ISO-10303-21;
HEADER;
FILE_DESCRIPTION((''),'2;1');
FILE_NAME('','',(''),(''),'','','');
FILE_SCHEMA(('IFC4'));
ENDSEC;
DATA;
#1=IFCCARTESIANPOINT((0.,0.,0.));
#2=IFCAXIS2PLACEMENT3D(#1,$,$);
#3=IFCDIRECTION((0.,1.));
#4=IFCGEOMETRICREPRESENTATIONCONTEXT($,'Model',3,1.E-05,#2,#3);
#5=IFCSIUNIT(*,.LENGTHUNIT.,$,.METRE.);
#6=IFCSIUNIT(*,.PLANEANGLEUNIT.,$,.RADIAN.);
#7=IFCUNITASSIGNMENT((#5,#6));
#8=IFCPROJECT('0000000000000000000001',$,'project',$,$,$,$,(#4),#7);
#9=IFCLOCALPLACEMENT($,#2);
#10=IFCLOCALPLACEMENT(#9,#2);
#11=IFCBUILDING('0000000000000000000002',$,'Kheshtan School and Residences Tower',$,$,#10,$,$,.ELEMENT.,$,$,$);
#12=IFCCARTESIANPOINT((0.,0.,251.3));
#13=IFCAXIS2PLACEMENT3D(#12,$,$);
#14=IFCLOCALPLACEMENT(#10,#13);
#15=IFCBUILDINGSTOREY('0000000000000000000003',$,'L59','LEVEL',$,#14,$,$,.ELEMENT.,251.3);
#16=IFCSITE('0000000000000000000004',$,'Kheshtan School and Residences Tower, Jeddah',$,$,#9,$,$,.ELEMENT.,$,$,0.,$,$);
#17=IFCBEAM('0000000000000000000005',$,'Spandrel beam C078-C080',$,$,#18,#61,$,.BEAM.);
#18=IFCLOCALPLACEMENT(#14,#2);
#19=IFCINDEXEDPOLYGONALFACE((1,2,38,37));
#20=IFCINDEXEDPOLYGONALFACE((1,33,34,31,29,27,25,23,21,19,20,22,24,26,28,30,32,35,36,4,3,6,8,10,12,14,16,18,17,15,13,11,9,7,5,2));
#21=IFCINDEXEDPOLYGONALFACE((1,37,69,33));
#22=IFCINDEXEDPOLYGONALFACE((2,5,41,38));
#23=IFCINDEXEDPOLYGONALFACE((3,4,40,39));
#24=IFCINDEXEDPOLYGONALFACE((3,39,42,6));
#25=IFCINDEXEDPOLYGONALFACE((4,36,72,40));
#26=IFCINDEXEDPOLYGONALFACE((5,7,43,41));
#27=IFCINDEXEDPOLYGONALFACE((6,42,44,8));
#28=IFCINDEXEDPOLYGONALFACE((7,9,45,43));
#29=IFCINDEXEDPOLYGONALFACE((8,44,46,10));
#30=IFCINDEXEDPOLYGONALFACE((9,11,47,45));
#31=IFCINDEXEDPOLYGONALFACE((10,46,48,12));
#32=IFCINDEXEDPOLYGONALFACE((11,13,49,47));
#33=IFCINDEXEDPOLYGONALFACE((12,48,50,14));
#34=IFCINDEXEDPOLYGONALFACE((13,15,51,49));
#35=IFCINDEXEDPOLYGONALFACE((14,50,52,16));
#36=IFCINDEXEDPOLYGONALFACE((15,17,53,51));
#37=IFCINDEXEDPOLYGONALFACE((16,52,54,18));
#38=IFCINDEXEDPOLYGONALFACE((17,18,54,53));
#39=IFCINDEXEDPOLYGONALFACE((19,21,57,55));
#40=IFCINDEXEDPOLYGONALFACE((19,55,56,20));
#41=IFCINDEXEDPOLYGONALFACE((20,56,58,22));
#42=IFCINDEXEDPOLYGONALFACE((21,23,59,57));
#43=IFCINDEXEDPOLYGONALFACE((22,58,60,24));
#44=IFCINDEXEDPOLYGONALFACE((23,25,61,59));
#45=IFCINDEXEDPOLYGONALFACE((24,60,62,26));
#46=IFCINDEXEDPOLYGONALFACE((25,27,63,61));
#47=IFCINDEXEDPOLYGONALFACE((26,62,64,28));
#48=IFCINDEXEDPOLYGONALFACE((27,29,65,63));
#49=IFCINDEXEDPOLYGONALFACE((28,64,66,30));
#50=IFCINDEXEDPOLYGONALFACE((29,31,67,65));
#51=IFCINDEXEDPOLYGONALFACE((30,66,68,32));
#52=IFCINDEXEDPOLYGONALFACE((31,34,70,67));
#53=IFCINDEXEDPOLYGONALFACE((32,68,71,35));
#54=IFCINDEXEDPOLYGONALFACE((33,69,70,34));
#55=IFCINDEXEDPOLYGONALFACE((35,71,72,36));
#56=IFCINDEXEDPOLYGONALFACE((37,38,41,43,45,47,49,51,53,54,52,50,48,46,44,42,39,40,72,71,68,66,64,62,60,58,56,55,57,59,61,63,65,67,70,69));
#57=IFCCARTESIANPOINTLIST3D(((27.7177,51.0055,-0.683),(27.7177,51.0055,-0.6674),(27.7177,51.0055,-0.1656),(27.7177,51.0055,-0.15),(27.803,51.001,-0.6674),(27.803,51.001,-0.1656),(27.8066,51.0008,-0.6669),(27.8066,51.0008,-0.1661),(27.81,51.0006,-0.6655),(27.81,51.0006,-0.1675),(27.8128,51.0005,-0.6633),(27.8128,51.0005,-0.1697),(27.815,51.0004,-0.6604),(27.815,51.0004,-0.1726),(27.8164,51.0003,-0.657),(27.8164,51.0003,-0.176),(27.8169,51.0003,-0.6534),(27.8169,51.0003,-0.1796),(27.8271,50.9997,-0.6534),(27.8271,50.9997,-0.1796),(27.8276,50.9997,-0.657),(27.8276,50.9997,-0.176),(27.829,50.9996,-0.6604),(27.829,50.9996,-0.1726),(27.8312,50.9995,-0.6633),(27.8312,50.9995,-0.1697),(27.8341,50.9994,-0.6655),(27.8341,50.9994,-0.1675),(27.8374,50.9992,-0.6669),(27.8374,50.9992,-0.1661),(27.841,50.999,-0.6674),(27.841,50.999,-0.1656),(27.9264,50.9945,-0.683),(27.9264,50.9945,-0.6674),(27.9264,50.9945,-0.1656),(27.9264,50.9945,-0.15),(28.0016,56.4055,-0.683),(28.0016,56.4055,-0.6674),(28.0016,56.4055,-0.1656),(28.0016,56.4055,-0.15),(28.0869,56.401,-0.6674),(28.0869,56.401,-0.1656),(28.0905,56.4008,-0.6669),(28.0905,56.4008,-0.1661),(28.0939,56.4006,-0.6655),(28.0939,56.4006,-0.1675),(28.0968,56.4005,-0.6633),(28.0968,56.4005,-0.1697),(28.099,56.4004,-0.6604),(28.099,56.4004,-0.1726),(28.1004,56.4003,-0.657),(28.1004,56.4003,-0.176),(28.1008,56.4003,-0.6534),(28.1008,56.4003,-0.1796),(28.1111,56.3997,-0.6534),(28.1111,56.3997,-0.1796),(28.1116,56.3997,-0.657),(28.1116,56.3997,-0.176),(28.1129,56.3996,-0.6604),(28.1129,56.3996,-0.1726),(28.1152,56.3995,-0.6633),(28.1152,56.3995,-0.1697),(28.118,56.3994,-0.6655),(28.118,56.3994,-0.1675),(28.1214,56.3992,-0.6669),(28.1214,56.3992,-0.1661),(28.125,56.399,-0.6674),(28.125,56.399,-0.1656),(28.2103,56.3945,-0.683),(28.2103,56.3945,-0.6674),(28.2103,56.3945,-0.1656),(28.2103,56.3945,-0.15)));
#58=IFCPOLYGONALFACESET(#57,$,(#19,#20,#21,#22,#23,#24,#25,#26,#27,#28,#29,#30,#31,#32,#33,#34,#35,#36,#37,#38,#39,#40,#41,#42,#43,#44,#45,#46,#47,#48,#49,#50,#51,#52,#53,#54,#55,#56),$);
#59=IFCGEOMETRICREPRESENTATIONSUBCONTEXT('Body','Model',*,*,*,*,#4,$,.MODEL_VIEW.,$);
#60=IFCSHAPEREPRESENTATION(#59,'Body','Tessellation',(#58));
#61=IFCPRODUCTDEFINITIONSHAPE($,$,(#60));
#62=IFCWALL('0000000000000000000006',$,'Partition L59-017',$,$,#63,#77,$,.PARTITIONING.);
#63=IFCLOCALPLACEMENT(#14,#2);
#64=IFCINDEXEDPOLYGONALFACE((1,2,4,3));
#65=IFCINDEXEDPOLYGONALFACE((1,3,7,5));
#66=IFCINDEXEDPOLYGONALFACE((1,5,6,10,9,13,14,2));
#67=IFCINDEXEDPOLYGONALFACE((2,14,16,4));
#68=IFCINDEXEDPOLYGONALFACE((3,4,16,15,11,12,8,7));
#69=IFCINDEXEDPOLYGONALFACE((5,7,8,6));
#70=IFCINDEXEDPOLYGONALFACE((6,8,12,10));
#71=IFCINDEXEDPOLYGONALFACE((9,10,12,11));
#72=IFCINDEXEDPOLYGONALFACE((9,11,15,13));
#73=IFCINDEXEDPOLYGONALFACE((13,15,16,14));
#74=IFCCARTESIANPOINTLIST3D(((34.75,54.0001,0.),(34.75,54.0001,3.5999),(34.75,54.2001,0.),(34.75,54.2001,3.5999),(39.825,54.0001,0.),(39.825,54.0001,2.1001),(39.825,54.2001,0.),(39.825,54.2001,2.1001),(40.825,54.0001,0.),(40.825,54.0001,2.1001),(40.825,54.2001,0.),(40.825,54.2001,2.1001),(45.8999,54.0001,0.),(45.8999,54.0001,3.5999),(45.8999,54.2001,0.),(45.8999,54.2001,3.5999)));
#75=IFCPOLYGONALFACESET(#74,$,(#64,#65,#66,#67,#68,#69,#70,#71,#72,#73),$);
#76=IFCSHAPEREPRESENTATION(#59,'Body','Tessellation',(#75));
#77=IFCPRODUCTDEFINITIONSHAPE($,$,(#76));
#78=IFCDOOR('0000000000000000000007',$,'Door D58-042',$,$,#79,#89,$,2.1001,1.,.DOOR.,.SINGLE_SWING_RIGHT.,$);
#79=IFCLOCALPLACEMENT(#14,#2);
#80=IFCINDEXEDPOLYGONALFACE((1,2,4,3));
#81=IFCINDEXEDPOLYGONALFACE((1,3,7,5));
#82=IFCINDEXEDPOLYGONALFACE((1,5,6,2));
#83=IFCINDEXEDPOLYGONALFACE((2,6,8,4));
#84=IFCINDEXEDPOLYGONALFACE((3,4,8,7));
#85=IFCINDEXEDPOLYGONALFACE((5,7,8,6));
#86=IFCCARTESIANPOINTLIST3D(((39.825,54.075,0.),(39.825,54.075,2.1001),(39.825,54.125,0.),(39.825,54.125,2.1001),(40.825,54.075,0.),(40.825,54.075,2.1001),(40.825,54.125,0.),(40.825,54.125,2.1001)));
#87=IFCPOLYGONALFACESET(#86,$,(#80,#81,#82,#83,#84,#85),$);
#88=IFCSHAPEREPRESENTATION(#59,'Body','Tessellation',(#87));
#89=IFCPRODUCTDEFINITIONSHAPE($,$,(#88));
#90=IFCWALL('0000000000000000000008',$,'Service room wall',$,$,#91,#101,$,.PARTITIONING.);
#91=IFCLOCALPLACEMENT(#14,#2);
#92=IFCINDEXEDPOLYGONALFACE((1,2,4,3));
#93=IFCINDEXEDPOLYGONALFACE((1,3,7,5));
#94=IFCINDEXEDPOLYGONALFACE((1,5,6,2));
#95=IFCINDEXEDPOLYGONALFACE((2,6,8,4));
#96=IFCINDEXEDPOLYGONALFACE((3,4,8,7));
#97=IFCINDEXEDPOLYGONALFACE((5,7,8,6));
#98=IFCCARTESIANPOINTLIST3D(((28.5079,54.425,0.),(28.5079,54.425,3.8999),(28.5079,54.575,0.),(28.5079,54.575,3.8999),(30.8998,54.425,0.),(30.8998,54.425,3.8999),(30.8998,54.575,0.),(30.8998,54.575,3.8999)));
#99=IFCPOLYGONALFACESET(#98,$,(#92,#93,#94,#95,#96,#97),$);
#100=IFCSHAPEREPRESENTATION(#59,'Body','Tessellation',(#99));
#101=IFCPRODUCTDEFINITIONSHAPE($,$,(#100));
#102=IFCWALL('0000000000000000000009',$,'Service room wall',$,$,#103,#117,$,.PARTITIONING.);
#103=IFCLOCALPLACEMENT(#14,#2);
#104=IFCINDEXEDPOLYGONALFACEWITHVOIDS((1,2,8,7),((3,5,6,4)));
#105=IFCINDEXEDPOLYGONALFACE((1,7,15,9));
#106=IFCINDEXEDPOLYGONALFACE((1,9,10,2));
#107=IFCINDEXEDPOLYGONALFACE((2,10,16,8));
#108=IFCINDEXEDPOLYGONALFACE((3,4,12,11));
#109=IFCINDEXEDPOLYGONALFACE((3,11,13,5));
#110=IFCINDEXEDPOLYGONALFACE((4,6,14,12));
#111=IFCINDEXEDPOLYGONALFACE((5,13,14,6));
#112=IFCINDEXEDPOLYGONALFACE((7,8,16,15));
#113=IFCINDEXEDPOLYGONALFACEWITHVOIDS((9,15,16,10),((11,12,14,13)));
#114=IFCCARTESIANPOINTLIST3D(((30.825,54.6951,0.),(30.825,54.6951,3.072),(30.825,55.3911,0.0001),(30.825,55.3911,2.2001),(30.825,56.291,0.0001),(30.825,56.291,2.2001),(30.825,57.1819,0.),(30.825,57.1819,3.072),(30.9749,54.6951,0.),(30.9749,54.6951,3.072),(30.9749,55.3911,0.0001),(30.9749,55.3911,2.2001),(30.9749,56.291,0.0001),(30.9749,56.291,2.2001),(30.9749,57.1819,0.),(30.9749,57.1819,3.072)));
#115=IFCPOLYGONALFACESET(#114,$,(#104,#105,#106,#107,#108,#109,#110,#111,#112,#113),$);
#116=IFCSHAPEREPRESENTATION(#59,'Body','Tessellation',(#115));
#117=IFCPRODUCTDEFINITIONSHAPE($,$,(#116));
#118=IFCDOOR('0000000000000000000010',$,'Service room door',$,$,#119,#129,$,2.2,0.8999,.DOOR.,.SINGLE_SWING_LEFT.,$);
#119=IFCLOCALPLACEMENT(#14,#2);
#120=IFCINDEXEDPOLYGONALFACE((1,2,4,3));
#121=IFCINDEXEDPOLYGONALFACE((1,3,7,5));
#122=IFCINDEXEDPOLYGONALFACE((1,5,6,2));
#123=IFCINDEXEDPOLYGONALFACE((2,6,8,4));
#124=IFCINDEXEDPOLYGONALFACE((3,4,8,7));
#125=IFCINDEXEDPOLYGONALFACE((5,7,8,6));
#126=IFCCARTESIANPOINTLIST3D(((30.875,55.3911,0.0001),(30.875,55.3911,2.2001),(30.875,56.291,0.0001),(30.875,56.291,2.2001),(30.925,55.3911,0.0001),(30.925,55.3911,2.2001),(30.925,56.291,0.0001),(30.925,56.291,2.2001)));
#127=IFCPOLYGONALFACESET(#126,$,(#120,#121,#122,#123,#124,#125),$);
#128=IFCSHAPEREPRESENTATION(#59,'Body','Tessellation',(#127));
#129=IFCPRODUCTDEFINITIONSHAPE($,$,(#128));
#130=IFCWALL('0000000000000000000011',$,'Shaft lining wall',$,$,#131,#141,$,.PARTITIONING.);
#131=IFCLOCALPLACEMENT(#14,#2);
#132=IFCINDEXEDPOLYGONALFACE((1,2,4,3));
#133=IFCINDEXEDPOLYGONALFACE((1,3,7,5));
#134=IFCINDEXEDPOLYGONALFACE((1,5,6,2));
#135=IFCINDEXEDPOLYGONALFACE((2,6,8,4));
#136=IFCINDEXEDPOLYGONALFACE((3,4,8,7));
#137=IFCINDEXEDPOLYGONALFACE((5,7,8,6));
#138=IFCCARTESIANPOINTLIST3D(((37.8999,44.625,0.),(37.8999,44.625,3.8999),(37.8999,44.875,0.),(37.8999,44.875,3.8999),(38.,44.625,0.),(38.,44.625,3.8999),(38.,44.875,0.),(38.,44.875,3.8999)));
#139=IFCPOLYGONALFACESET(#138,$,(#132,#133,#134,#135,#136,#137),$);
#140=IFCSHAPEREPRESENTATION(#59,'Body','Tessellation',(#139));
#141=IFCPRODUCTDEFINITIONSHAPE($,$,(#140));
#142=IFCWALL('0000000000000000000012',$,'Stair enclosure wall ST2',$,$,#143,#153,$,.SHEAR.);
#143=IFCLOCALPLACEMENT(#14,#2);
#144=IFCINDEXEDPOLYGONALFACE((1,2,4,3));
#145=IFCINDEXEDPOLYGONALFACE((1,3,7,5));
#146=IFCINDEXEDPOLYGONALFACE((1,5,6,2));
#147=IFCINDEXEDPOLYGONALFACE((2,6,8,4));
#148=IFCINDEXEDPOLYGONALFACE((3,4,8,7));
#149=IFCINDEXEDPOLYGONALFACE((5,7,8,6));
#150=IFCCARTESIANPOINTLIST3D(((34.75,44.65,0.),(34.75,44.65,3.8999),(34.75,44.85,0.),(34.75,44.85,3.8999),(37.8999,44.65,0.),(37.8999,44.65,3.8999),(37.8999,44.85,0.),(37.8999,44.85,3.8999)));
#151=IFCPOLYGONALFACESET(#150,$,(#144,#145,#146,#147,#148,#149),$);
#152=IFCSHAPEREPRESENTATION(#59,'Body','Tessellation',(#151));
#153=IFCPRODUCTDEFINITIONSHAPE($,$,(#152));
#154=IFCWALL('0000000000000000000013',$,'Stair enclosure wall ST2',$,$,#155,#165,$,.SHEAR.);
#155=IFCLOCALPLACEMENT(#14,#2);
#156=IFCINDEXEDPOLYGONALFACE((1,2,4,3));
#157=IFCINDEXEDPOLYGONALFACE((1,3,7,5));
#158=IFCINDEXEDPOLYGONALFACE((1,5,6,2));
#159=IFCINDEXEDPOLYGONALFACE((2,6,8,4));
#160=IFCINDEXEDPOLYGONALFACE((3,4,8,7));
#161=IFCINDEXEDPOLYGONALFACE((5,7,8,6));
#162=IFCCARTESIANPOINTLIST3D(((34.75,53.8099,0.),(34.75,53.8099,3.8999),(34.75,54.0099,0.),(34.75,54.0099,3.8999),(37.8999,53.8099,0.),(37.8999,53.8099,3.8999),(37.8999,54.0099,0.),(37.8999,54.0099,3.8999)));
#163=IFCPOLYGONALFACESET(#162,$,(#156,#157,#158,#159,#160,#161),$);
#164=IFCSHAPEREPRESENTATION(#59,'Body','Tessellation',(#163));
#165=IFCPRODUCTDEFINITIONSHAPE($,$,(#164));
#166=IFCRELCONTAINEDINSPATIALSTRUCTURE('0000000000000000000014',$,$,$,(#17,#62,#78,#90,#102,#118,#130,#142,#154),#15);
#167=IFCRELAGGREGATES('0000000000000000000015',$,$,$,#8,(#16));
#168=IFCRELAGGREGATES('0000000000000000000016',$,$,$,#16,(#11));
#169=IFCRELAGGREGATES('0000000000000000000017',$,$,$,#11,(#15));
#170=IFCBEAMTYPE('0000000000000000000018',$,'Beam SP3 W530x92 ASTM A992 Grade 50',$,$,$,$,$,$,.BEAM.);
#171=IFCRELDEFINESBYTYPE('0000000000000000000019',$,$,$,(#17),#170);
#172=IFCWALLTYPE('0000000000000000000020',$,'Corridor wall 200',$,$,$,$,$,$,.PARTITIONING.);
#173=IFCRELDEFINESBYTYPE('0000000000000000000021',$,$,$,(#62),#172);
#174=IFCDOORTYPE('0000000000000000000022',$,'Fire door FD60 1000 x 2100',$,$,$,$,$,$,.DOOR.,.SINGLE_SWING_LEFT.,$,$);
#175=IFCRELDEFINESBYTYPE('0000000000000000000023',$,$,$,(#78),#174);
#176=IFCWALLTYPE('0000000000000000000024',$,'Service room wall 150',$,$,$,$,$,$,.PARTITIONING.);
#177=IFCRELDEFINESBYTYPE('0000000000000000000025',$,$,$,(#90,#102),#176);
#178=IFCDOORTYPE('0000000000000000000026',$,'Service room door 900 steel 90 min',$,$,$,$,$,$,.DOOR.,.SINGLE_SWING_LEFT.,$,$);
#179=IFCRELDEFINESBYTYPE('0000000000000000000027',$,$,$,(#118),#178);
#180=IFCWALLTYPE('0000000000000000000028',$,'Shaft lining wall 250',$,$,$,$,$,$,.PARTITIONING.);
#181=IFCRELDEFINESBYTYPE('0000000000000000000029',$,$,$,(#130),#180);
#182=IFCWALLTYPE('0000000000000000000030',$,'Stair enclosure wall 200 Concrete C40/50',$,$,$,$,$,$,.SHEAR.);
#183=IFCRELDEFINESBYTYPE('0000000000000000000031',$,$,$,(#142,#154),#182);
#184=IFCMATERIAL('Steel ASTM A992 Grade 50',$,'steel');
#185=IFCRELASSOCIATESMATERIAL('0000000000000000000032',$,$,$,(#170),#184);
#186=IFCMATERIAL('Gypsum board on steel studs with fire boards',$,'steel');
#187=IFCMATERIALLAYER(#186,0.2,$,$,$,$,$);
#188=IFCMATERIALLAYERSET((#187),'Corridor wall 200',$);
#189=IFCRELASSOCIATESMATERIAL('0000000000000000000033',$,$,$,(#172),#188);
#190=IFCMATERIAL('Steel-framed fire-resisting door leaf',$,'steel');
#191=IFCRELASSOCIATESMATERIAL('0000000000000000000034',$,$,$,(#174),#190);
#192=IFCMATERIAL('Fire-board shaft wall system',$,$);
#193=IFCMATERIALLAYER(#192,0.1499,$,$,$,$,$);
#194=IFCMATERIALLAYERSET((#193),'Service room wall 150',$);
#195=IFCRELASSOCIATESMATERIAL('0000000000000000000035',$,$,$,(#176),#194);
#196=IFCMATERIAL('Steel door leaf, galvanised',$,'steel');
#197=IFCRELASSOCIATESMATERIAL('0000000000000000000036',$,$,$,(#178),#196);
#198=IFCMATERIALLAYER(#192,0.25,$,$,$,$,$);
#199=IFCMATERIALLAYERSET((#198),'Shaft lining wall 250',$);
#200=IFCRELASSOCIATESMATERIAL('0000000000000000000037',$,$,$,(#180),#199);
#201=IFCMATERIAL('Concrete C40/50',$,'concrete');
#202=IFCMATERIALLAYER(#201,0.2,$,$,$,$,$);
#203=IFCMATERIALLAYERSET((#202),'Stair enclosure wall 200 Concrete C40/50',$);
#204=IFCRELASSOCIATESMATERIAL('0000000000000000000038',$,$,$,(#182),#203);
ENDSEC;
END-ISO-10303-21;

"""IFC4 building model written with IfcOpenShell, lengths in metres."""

from ifc_helpers import new_model, si_unit, direction, frame, frame_2d, origin, origin_2d, place, context, subcontext, project, spatial, rectangle, i_section, extrude, source, transform, mapped, material, layer, layer_set, material_profile, profile_set, type_object, element, fill, save


model = new_model("IFC4")

# Units and contexts
model_context = context("Model", 3, precision=1e-05, world=origin(), true_north=direction((0.0, 1.0)))
body_context = subcontext(model_context, "Body", "Model", "MODEL_VIEW")
ifc_project = project(units=[si_unit("LENGTHUNIT", "METRE"), si_unit("PLANEANGLEUNIT", "RADIAN")], contexts=[model_context])

# Site, building, storey
site_placement = place(None, origin())
site = spatial("IfcSite", under=ifc_project, at=site_placement, Name="Kheshtan School and Residences Tower, Jeddah", CompositionType="ELEMENT", RefElevation=0.0)
building_placement = place(site_placement, origin())
building = spatial("IfcBuilding", under=site, at=building_placement, Name="Kheshtan School and Residences Tower", CompositionType="ELEMENT")
storey_placement = place(building_placement, frame((0.0, 0.0, 251.3)))
storey = spatial("IfcBuildingStorey", under=building, at=storey_placement, Name="L59", Description="LEVEL", CompositionType="ELEMENT", Elevation=251.3)

# Shared definitions
ifc_material_1 = material(Name="Steel ASTM A992 Grade 50", Category="steel")

# Beam
ifc_material_profile_1 = material_profile(ifc_material_1, i_section(OverallWidth=0.209, OverallDepth=0.533, WebThickness=0.0103, FlangeThickness=0.0156, FilletRadius=0.0139, at=origin_2d()), Name="W530x92")
ifc_profile_set_1 = profile_set([ifc_material_profile_1], Name="Steel ASTM A992 Grade 50")
beam_type = type_object("IfcBeamType", Name="Beam SP3 W530x92 ASTM A992 Grade 50", PredefinedType="BEAM", material=ifc_profile_set_1)
for number, where, z_axis, x_axis, name in (
    (1, (27.822, 51.0, -0.4165), (0.052509, 0.99862, 0.0), (-0.99862, 0.052509, 0.0), "Spandrel beam C078-C080"),
):
    element("IfcBeam", number, at=place(storey_placement, frame(where, z_axis=z_axis, x_axis=x_axis)), inside=storey, type_object=beam_type, Name=name, PredefinedType="BEAM", context=body_context, shape_type="SweptSolid", body=[
        extrude(i_section(OverallWidth=0.209, OverallDepth=0.533, WebThickness=0.0103, FlangeThickness=0.0156, FilletRadius=0.0139, at=origin_2d()), origin(), (0.0, 0.0, 1.0), 5.4075),
    ])

# Wall, opening, door
ifc_material_2 = material(Name="Gypsum board on steel studs with fire boards", Category="steel")
ifc_layer_1 = layer(ifc_material_2, 0.2)
ifc_layer_set_1 = layer_set([ifc_layer_1], Name="Corridor wall 200")
wall_type_1 = type_object("IfcWallType", Name="Corridor wall 200", PredefinedType="PARTITIONING", material=ifc_layer_set_1)
wall_1_placement = place(storey_placement, frame((34.75, 54.1001, 0.0), z_axis=(0.0, 0.0, 1.0), x_axis=(1.0, 0.0, 0.0)))
wall_1 = element("IfcWall", 2, at=wall_1_placement, inside=storey, type_object=wall_type_1, Name="Partition L59-017", PredefinedType="PARTITIONING", context=body_context, shape_type="SweptSolid", body=[
    extrude(rectangle(XDim=11.1499, YDim=0.2, at=frame_2d((5.575, 0.0))), origin(), (0.0, 0.0, 1.0), 3.5999),
])
opening_1_placement = place(wall_1_placement, frame((5.075, 0.0, 0.0)))
opening_1 = element("IfcOpeningElement", 3, at=opening_1_placement, cuts=wall_1, PredefinedType="OPENING", context=body_context, shape_type="SweptSolid", body=[
    extrude(rectangle(XDim=1.0, YDim=2.1001, at=frame_2d((0.5, 1.05))), frame((0.0, 0.1099, 0.0), z_axis=(0.0, -1.0, 0.0), x_axis=(1.0, 0.0, 0.0)), (0.0, 0.0, 1.0), 0.22),
])
ifc_material_3 = material(Name="Steel-framed fire-resisting door leaf", Category="steel")
door_type_1 = type_object("IfcDoorType", Name="Fire door FD60 1000 x 2100", OperationType="SINGLE_SWING_LEFT", PredefinedType="DOOR", material=ifc_material_3)
shared_shape_1 = source(origin(), body_context, "Body", "SweptSolid", [
    extrude(rectangle(XDim=1.0, YDim=2.1001, at=frame_2d((0.5, 1.05))), frame((0.0, 0.0249, 0.0), z_axis=(0.0, -1.0, 0.0), x_axis=(1.0, 0.0, 0.0)), (0.0, 0.0, 1.0), 0.05),
])
door_1_placement = place(opening_1_placement, origin())
door_1 = element("IfcDoor", 4, at=door_1_placement, inside=storey, type_object=door_type_1, Name="Door D58-042", OperationType="SINGLE_SWING_RIGHT", OverallHeight=2.1001, OverallWidth=1.0, PredefinedType="DOOR", context=body_context, shape_type="MappedRepresentation", body=[
    mapped(shared_shape_1, transform((0.0, 0.0, 0.0), x_axis=(1.0, 0.0, 0.0), y_axis=(0.0, 1.0, 0.0), z_axis=(0.0, 0.0, 1.0), scale=1.0)),
])
fill(opening_1, door_1)

# Wall
ifc_material_4 = material(Name="Fire-board shaft wall system")
ifc_layer_2 = layer(ifc_material_4, 0.1499)
ifc_layer_set_2 = layer_set([ifc_layer_2], Name="Service room wall 150")
wall_type_2 = type_object("IfcWallType", Name="Service room wall 150", PredefinedType="PARTITIONING", material=ifc_layer_set_2)
wall_2_placement = place(storey_placement, frame((28.5081, 54.5, 0.0), z_axis=(0.0, 0.0, 1.0), x_axis=(1.0, 0.0, 0.0)))
element("IfcWall", 5, at=wall_2_placement, inside=storey, type_object=wall_type_2, Name="Service room wall", PredefinedType="PARTITIONING", context=body_context, shape_type="SweptSolid", body=[
    extrude(rectangle(XDim=2.3918, YDim=0.1499, at=frame_2d((1.1958, 0.0))), origin(), (0.0, 0.0, 1.0), 3.8999),
])

# Wall, opening, door
wall_3_placement = place(storey_placement, frame((30.8999, 54.6951, 0.0), z_axis=(0.0, 0.0, 1.0), x_axis=(0.0, 1.0, 0.0)))
wall_3 = element("IfcWall", 6, at=wall_3_placement, inside=storey, type_object=wall_type_2, Name="Service room wall", PredefinedType="PARTITIONING", context=body_context, shape_type="SweptSolid", body=[
    extrude(rectangle(XDim=2.4868, YDim=0.1499, at=frame_2d((1.2434, 0.0))), origin(), (0.0, 0.0, 1.0), 3.072),
])
opening_2_placement = place(wall_3_placement, frame((0.696, 0.0, 0.0)))
opening_2 = element("IfcOpeningElement", 7, at=opening_2_placement, cuts=wall_3, PredefinedType="OPENING", context=body_context, shape_type="SweptSolid", body=[
    extrude(rectangle(XDim=0.8999, YDim=2.2, at=frame_2d((0.45, 1.1001))), frame((0.0, 0.085, 0.0), z_axis=(0.0, -1.0, 0.0), x_axis=(1.0, 0.0, 0.0)), (0.0, 0.0, 1.0), 0.1699),
])
ifc_material_5 = material(Name="Steel door leaf, galvanised", Category="steel")
door_type_2 = type_object("IfcDoorType", Name="Service room door 900 steel 90 min", OperationType="SINGLE_SWING_LEFT", PredefinedType="DOOR", material=ifc_material_5)
shared_shape_2 = source(origin(), body_context, "Body", "SweptSolid", [
    extrude(rectangle(XDim=0.8999, YDim=2.2, at=frame_2d((0.45, 1.1001))), frame((0.0, 0.0249, 0.0), z_axis=(0.0, -1.0, 0.0), x_axis=(1.0, 0.0, 0.0)), (0.0, 0.0, 1.0), 0.05),
])
door_2_placement = place(opening_2_placement, origin())
door_2 = element("IfcDoor", 8, at=door_2_placement, inside=storey, type_object=door_type_2, Name="Service room door", OperationType="SINGLE_SWING_LEFT", OverallHeight=2.2, OverallWidth=0.8999, PredefinedType="DOOR", context=body_context, shape_type="MappedRepresentation", body=[
    mapped(shared_shape_2, transform((0.0, 0.0, 0.0), x_axis=(1.0, 0.0, 0.0), y_axis=(0.0, 1.0, 0.0), z_axis=(0.0, 0.0, 1.0), scale=1.0)),
])
fill(opening_2, door_2)

# Walls
ifc_layer_3 = layer(ifc_material_4, 0.25)
ifc_layer_set_3 = layer_set([ifc_layer_3], Name="Shaft lining wall 250")
wall_type_3 = type_object("IfcWallType", Name="Shaft lining wall 250", PredefinedType="PARTITIONING", material=ifc_layer_set_3)
wall_4_placement = place(storey_placement, frame((37.8999, 44.75, 0.0), z_axis=(0.0, 0.0, 1.0), x_axis=(1.0, 0.0, 0.0)))
element("IfcWall", 9, at=wall_4_placement, inside=storey, type_object=wall_type_3, Name="Shaft lining wall", PredefinedType="PARTITIONING", context=body_context, shape_type="SweptSolid", body=[
    extrude(rectangle(XDim=0.1001, YDim=0.25, at=frame_2d((0.05, 0.0))), origin(), (0.0, 0.0, 1.0), 3.8999),
])
ifc_material_6 = material(Name="Concrete C40/50", Category="concrete")
ifc_layer_4 = layer(ifc_material_6, 0.2)
ifc_layer_set_4 = layer_set([ifc_layer_4], Name="Stair enclosure wall 200 Concrete C40/50")
wall_type_4 = type_object("IfcWallType", Name="Stair enclosure wall 200 Concrete C40/50", PredefinedType="SHEAR", material=ifc_layer_set_4)
for number, where, z_axis, x_axis, name in (
    (10, (34.75, 44.75, 0.0), (0.0, 0.0, 1.0), (1.0, 0.0, 0.0), "Stair enclosure wall ST2"),
    (11, (34.75, 53.9099, 0.0), (0.0, 0.0, 1.0), (1.0, 0.0, 0.0), "Stair enclosure wall ST2"),
):
    element("IfcWall", number, at=place(storey_placement, frame(where, z_axis=z_axis, x_axis=x_axis)), inside=storey, type_object=wall_type_4, Name=name, PredefinedType="SHEAR", context=body_context, shape_type="SweptSolid", body=[
        extrude(rectangle(XDim=3.1499, YDim=0.2, at=frame_2d((1.575, 0.0))), origin(), (0.0, 0.0, 1.0), 3.8999),
    ])

save(model, "model.ifc")
